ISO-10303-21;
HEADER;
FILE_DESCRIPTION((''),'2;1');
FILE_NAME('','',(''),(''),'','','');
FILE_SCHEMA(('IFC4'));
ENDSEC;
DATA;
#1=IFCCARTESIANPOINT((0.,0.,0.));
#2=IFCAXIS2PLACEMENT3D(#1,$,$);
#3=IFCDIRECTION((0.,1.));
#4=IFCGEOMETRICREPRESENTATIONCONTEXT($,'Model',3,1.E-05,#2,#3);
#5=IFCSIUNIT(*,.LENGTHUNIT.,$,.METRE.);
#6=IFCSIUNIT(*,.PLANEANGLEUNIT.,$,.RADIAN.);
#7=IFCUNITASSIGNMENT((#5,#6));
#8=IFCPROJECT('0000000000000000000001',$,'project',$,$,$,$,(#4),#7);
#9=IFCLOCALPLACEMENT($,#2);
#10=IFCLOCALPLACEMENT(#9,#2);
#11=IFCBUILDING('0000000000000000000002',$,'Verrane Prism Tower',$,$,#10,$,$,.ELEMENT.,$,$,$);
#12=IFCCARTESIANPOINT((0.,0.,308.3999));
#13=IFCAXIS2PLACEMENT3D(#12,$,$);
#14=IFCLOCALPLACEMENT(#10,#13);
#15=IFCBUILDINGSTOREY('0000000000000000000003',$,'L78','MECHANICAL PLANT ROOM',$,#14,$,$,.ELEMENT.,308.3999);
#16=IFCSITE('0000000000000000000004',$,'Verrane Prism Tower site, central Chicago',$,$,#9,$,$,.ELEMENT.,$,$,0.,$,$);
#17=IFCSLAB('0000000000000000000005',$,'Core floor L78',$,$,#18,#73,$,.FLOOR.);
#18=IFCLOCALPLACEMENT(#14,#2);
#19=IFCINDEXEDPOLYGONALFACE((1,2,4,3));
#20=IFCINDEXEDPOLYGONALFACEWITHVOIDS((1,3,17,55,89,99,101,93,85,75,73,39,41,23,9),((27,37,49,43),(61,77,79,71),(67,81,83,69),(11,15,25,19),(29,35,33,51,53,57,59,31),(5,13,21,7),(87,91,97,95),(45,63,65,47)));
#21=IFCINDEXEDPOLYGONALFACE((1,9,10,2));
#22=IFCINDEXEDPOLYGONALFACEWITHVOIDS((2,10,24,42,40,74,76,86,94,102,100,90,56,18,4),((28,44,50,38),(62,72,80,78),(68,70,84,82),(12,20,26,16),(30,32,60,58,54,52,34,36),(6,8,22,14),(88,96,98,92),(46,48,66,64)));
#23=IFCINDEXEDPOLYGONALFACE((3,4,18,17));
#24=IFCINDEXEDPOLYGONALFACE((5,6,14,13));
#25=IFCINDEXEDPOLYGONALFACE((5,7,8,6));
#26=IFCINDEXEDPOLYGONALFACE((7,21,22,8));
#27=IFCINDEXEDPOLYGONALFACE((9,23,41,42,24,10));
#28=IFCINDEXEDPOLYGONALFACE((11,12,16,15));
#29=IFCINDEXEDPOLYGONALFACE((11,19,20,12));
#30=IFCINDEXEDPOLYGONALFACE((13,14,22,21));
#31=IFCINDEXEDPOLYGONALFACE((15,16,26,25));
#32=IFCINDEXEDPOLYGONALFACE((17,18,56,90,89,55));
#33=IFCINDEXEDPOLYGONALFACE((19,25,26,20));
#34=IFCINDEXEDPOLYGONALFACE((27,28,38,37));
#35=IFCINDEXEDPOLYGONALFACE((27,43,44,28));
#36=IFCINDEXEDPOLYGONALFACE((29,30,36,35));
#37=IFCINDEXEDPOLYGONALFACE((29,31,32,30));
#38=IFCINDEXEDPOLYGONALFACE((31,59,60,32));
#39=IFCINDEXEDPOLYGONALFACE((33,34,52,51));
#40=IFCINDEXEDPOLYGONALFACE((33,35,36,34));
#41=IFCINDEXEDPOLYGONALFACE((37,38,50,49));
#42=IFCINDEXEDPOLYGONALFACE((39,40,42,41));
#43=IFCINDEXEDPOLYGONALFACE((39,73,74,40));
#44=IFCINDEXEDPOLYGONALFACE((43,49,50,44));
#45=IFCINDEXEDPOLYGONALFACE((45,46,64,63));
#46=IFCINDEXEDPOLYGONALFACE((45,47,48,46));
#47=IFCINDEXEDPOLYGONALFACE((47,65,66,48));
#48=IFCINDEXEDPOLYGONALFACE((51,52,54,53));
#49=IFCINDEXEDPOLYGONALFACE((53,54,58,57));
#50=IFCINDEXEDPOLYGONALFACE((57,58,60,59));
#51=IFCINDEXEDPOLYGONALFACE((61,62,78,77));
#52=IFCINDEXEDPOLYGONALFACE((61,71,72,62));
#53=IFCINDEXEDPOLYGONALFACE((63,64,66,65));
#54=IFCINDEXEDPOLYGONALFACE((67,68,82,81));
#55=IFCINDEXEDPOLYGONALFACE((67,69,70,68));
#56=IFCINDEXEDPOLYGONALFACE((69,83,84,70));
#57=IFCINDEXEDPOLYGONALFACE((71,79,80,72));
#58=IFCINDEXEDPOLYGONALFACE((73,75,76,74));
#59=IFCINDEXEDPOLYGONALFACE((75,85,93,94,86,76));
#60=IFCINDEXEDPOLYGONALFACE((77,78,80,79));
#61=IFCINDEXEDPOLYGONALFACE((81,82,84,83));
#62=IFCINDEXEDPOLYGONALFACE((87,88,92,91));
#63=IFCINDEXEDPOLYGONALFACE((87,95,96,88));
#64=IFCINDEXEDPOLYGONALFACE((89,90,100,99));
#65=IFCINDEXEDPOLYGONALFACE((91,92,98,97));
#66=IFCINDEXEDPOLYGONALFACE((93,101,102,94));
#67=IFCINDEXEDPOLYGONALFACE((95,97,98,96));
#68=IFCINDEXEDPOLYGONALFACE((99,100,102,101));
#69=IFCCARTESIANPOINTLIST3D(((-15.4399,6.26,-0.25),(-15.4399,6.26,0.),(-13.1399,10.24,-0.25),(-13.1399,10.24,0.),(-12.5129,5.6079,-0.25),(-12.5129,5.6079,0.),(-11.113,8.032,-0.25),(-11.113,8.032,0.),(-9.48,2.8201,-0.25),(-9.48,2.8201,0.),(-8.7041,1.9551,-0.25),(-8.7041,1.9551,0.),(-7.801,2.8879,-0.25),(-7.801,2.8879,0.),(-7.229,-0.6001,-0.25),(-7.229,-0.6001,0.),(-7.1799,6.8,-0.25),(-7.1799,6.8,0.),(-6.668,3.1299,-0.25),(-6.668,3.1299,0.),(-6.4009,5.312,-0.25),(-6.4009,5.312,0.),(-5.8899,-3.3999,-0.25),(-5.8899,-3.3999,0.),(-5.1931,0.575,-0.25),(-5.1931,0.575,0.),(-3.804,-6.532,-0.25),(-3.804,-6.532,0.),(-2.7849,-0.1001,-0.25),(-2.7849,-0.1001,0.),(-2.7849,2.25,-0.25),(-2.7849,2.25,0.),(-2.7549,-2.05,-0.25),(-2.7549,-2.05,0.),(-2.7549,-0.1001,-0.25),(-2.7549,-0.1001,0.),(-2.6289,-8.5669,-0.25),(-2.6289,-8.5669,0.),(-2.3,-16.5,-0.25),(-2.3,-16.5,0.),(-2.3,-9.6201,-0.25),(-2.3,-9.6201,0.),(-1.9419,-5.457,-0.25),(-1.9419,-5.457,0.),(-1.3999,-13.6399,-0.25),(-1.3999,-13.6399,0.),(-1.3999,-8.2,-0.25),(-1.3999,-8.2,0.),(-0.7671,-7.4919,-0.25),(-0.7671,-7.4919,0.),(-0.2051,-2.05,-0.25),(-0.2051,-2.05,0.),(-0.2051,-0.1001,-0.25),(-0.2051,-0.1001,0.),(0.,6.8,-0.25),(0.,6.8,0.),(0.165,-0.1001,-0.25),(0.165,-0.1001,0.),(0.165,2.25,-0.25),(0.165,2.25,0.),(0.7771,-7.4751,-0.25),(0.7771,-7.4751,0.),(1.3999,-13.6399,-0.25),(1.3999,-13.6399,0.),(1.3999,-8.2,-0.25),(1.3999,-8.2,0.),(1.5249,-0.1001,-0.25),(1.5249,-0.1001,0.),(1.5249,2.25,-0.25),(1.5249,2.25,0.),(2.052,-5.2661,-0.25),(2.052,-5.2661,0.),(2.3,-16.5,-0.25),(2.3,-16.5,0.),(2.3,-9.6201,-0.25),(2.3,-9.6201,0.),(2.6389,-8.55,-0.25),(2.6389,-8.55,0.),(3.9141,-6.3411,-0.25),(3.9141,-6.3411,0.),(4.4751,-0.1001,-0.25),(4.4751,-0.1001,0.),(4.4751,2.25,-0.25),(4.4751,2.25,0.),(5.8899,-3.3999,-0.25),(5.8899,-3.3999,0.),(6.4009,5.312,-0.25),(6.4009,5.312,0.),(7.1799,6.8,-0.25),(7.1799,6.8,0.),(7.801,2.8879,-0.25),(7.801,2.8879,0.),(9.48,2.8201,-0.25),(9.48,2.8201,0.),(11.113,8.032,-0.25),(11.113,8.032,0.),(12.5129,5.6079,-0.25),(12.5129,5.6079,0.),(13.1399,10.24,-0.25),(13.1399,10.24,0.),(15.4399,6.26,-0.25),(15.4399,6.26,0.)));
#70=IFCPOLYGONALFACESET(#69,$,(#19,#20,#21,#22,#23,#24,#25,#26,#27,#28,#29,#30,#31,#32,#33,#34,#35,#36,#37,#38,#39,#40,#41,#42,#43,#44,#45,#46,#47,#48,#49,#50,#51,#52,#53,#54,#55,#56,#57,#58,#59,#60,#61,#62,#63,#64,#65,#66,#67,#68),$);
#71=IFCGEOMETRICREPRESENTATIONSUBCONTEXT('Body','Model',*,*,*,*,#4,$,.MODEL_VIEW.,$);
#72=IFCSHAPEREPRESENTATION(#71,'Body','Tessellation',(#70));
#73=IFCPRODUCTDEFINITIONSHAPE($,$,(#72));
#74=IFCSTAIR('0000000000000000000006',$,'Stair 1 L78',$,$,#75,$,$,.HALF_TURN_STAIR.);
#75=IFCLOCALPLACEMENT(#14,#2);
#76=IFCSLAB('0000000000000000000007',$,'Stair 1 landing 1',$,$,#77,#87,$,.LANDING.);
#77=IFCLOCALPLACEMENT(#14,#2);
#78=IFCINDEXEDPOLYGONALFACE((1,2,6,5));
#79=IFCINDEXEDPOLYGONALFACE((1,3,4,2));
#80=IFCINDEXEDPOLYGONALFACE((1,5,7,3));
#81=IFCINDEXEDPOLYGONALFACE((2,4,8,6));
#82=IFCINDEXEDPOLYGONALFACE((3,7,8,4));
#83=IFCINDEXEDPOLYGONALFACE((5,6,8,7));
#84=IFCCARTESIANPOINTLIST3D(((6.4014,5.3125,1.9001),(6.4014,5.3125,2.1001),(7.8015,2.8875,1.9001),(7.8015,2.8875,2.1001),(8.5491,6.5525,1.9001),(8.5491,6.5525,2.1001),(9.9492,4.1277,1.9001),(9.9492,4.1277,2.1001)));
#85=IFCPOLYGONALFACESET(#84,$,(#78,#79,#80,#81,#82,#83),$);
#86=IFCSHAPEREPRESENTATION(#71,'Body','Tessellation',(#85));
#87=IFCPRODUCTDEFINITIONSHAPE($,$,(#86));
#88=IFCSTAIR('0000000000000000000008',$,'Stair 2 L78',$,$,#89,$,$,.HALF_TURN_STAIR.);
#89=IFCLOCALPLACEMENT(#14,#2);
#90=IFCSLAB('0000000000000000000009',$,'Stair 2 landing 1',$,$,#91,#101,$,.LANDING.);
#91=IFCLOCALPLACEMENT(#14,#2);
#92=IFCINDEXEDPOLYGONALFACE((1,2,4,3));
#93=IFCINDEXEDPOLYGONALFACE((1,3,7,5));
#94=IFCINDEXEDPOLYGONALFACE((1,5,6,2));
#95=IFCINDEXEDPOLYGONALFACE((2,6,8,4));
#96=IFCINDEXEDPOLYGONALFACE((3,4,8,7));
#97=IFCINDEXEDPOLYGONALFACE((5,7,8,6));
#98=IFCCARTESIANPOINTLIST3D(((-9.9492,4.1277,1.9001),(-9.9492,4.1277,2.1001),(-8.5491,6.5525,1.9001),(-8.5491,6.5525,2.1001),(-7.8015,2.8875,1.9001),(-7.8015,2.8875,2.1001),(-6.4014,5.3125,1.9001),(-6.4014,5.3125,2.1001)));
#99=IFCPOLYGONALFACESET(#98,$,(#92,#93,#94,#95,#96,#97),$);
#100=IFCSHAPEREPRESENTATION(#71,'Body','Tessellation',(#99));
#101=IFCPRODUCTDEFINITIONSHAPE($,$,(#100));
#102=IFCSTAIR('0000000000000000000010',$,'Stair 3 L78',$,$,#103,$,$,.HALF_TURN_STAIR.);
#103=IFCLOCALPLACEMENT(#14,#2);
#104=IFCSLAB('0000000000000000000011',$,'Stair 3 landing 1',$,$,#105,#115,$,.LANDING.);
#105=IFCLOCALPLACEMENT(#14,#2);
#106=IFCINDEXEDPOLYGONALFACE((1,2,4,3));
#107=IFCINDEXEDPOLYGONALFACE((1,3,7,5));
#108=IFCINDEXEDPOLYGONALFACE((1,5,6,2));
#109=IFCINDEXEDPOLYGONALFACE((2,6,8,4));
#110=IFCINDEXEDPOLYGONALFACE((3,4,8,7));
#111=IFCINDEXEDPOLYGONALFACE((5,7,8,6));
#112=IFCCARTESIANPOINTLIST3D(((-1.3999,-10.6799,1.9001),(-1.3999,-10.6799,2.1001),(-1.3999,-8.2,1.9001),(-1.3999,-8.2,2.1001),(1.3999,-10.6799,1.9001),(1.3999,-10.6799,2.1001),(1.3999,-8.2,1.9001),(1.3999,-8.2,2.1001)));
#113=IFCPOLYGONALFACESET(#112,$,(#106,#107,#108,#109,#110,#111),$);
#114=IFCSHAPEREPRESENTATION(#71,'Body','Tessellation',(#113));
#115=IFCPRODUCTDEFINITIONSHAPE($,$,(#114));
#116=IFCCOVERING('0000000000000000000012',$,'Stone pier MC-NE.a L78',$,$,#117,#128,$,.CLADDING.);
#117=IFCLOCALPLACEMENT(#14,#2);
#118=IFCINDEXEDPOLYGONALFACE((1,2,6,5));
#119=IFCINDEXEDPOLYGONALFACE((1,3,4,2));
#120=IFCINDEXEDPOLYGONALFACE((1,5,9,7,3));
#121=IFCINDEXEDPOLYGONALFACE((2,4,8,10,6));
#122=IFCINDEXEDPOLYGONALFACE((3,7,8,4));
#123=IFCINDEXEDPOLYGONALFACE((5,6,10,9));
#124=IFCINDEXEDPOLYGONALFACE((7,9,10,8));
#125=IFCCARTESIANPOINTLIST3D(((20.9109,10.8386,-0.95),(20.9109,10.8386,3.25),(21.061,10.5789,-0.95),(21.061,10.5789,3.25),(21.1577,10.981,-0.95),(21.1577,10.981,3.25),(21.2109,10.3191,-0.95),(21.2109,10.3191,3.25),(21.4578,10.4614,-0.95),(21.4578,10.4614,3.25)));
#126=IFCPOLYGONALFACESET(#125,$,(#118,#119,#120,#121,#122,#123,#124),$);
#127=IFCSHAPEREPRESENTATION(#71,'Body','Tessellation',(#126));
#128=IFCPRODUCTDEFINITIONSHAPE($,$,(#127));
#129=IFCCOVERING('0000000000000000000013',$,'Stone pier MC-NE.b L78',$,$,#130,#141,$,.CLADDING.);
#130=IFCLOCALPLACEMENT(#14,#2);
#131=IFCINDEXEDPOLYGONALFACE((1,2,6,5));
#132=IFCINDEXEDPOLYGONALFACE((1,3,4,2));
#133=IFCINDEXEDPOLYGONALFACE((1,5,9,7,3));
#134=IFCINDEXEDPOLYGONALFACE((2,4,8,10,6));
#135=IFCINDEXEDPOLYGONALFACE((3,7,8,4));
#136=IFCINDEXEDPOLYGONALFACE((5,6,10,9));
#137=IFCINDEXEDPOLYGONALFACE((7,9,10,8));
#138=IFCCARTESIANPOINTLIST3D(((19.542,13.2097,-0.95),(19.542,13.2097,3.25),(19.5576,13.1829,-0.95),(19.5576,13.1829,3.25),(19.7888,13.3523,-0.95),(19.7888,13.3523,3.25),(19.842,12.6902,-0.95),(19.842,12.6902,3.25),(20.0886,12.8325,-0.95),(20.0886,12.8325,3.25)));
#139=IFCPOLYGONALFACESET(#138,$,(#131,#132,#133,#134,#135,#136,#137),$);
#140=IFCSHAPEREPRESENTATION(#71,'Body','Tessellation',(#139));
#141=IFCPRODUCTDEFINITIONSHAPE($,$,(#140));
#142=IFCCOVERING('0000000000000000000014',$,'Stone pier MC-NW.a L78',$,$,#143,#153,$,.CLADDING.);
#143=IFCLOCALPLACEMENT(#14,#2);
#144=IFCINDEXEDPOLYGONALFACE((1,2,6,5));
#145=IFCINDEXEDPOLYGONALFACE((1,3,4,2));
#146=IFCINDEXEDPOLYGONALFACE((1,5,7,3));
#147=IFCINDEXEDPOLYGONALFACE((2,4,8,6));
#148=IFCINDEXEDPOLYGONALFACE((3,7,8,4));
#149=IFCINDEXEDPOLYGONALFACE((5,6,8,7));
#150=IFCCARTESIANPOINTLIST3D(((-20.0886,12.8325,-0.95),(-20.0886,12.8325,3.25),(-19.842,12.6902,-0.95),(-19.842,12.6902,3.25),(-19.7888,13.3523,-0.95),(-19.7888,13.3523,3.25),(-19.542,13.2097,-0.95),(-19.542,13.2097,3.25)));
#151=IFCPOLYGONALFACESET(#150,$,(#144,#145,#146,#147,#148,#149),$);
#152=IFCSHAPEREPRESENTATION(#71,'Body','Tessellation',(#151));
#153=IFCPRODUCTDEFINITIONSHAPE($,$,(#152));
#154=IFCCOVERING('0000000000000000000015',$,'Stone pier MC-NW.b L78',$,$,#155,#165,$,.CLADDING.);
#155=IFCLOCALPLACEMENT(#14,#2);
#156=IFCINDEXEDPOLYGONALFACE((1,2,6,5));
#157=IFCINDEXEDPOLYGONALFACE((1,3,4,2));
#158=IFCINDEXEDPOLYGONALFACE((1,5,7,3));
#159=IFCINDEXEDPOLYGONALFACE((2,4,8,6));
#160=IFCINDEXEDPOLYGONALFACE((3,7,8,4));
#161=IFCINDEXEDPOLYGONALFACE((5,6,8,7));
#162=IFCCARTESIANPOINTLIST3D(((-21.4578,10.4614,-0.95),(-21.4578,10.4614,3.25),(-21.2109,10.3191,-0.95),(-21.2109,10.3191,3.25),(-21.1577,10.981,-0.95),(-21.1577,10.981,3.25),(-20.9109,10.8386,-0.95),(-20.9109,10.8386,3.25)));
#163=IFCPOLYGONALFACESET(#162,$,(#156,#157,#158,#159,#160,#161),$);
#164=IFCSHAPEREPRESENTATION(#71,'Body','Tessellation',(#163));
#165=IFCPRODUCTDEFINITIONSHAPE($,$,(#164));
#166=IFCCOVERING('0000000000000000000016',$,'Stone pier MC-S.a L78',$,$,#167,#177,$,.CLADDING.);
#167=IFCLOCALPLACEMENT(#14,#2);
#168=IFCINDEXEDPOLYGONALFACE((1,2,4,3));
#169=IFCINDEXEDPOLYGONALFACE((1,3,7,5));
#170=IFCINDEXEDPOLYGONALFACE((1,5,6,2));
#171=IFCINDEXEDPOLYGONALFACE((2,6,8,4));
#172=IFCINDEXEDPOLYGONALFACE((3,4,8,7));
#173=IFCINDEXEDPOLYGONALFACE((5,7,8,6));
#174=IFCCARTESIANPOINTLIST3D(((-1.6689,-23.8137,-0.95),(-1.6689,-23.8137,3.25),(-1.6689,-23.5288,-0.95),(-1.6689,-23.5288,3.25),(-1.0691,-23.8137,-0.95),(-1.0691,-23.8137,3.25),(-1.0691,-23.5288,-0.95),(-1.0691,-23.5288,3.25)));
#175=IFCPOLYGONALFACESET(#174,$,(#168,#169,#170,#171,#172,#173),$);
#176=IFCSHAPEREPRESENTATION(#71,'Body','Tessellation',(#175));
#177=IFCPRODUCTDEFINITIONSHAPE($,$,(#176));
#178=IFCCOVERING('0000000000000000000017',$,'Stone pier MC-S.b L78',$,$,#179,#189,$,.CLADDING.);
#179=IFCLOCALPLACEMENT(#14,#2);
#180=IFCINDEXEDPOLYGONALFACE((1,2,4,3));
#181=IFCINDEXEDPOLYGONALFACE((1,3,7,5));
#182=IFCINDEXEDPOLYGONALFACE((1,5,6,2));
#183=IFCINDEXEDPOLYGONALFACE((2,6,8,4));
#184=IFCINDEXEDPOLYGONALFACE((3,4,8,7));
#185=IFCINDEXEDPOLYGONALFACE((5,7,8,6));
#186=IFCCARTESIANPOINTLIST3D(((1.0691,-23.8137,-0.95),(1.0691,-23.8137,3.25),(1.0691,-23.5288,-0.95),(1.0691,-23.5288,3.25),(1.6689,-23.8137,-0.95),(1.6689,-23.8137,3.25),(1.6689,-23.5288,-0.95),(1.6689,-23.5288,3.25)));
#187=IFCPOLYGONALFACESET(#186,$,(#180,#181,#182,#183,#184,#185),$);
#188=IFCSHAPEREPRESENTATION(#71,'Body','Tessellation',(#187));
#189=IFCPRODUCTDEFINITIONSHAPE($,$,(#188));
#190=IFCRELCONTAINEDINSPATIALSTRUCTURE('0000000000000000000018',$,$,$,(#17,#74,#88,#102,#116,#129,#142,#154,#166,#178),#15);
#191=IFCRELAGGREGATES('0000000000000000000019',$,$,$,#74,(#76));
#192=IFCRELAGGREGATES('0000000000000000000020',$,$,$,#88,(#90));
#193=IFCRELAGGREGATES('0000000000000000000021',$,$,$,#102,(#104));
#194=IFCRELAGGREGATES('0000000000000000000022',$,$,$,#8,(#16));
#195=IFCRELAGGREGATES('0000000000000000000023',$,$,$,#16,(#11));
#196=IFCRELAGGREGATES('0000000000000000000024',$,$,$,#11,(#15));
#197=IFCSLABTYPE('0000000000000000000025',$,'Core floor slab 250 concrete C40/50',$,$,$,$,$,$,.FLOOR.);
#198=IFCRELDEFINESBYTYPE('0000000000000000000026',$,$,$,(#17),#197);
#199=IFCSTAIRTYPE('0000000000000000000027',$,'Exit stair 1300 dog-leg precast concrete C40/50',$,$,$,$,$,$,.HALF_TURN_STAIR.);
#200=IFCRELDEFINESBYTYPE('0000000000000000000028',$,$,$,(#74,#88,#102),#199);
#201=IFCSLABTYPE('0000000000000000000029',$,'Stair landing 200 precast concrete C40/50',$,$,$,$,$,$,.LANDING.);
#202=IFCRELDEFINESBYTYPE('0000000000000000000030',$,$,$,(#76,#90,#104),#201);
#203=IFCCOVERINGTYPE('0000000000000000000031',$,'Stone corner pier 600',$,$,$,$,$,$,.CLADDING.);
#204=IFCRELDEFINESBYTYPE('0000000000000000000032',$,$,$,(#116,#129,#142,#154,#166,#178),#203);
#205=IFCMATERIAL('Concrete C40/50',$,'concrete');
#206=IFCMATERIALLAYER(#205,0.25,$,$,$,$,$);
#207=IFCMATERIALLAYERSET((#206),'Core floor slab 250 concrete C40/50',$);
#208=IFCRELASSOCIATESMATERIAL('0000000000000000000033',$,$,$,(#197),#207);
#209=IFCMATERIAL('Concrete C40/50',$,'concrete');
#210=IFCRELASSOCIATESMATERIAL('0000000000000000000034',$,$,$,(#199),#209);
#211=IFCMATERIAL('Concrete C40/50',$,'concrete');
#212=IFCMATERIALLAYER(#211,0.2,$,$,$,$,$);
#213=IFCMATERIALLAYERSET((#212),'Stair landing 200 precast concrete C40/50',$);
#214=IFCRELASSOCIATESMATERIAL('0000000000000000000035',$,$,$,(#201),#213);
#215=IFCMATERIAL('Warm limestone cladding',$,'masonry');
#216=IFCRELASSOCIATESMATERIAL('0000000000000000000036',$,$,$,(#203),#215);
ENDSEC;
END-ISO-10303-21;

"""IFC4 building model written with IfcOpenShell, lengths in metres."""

from ifc_helpers import new_model, si_unit, direction, frame, origin, place, context, subcontext, project, spatial, polyline, outline, extrude, material, layer, layer_set, type_object, element, aggregate, save


model = new_model("IFC4")

# Units and contexts
model_context = context("Model", 3, precision=1e-05, world=origin(), true_north=direction((0.0, 1.0)))
body_context = subcontext(model_context, "Body", "Model", "MODEL_VIEW")
ifc_project = project(units=[si_unit("LENGTHUNIT", "METRE"), si_unit("PLANEANGLEUNIT", "RADIAN")], contexts=[model_context])

# Site, building, storey
site_placement = place(None, origin())
site = spatial("IfcSite", under=ifc_project, at=site_placement, Name="Verrane Prism Tower site, central Chicago", CompositionType="ELEMENT", RefElevation=0.0)
building_placement = place(site_placement, origin())
building = spatial("IfcBuilding", under=site, at=building_placement, Name="Verrane Prism Tower", CompositionType="ELEMENT")
storey_placement = place(building_placement, frame((0.0, 0.0, 308.3999)))
storey = spatial("IfcBuildingStorey", under=building, at=storey_placement, Name="L78", Description="MECHANICAL PLANT ROOM", CompositionType="ELEMENT", Elevation=308.3999)

# Slab
ifc_material_1 = material(Name="Concrete C40/50", Category="concrete")
ifc_layer_1 = layer(ifc_material_1, 0.25)
ifc_layer_set_1 = layer_set([ifc_layer_1], Name="Core floor slab 250 concrete C40/50")
slab_type_1 = type_object("IfcSlabType", Name="Core floor slab 250 concrete C40/50", PredefinedType="FLOOR", material=ifc_layer_set_1)
slab_1_placement = place(storey_placement, frame((0.0, 0.0, -0.25)))
element("IfcSlab", 1, at=slab_1_placement, inside=storey, type_object=slab_type_1, Name="Core floor L78", PredefinedType="FLOOR", context=body_context, shape_type="SweptSolid", body=[
    extrude(outline(polyline([(9.48, 2.8201), (15.4399, 6.26), (13.1399, 10.24), (7.1799, 6.8), (0.0, 6.8), (-7.1799, 6.8), (-13.1399, 10.24), (-15.4399, 6.26), (-9.48, 2.8201), (-5.8899, -3.3999), (-2.3, -9.6201), (-2.3, -16.5), (2.3, -16.5), (2.3, -9.6201), (5.8899, -3.3999), (9.48, 2.8201)]), holes=[polyline([(-1.3999, -8.2), (1.3999, -8.2), (1.3999, -13.6399), (-1.3999, -13.6399), (-1.3999, -8.2)]), polyline([(-0.7671, -7.4919), (-2.6289, -8.5669), (-3.804, -6.532), (-1.9419, -5.457), (-0.7671, -7.4919)]), polyline([(3.9141, -6.3411), (2.6389, -8.55), (0.7771, -7.4751), (2.052, -5.2661), (3.9141, -6.3411)]), polyline([(-2.7849, -0.1001), (-2.7849, 2.25), (0.165, 2.25), (0.165, -0.1001), (-0.2051, -0.1001), (-0.2051, -2.05), (-2.7549, -2.05), (-2.7549, -0.1001), (-2.7849, -0.1001)]), polyline([(4.4751, 2.25), (4.4751, -0.1001), (1.5249, -0.1001), (1.5249, 2.25), (4.4751, 2.25)]), polyline([(-8.7041, 1.9551), (-6.668, 3.1299), (-5.1931, 0.575), (-7.229, -0.6001), (-8.7041, 1.9551)]), polyline([(-6.4009, 5.312), (-7.801, 2.8879), (-12.5129, 5.6079), (-11.113, 8.032), (-6.4009, 5.312)]), polyline([(7.801, 2.8879), (6.4009, 5.312), (11.113, 8.032), (12.5129, 5.6079), (7.801, 2.8879)])]), origin(), (0.0, 0.0, 1.0), 0.25),
])

# Stairs, slabs
ifc_material_2 = material(Name="Concrete C40/50", Category="concrete")
stair_type = type_object("IfcStairType", Name="Exit stair 1300 dog-leg precast concrete C40/50", PredefinedType="HALF_TURN_STAIR", material=ifc_material_2)
stair_1_placement = place(storey_placement, origin())
stair_1 = element("IfcStair", 2, at=stair_1_placement, inside=storey, type_object=stair_type, Name="Stair 1 L78", PredefinedType="HALF_TURN_STAIR")
ifc_material_3 = material(Name="Concrete C40/50", Category="concrete")
ifc_layer_2 = layer(ifc_material_3, 0.2)
ifc_layer_set_2 = layer_set([ifc_layer_2], Name="Stair landing 200 precast concrete C40/50")
slab_type_2 = type_object("IfcSlabType", Name="Stair landing 200 precast concrete C40/50", PredefinedType="LANDING", material=ifc_layer_set_2)
slab_2_placement = place(storey_placement, frame((0.0, 0.0, 1.9001)))
slab_2 = element("IfcSlab", 3, at=slab_2_placement, type_object=slab_type_2, Name="Stair 1 landing 1", PredefinedType="LANDING", context=body_context, shape_type="SweptSolid", body=[
    extrude(outline(polyline([(8.5491, 6.5525), (6.4014, 5.3125), (7.8015, 2.8875), (9.9492, 4.1277), (8.5491, 6.5525)])), origin(), (0.0, 0.0, 1.0), 0.2),
])
aggregate(stair_1, [slab_2])
stair_2_placement = place(storey_placement, origin())
stair_2 = element("IfcStair", 4, at=stair_2_placement, inside=storey, type_object=stair_type, Name="Stair 2 L78", PredefinedType="HALF_TURN_STAIR")
slab_3_placement = place(storey_placement, frame((0.0, 0.0, 1.9001)))
slab_3 = element("IfcSlab", 5, at=slab_3_placement, type_object=slab_type_2, Name="Stair 2 landing 1", PredefinedType="LANDING", context=body_context, shape_type="SweptSolid", body=[
    extrude(outline(polyline([(-9.9492, 4.1277), (-7.8015, 2.8875), (-6.4014, 5.3125), (-8.5491, 6.5525), (-9.9492, 4.1277)])), origin(), (0.0, 0.0, 1.0), 0.2),
])
aggregate(stair_2, [slab_3])
stair_3_placement = place(storey_placement, origin())
stair_3 = element("IfcStair", 6, at=stair_3_placement, inside=storey, type_object=stair_type, Name="Stair 3 L78", PredefinedType="HALF_TURN_STAIR")
slab_4_placement = place(storey_placement, frame((0.0, 0.0, 1.9001)))
slab_4 = element("IfcSlab", 7, at=slab_4_placement, type_object=slab_type_2, Name="Stair 3 landing 1", PredefinedType="LANDING", context=body_context, shape_type="SweptSolid", body=[
    extrude(outline(polyline([(1.3999, -10.6799), (1.3999, -8.2), (-1.3999, -8.2), (-1.3999, -10.6799), (1.3999, -10.6799)])), origin(), (0.0, 0.0, 1.0), 0.2),
])
aggregate(stair_3, [slab_4])

# Coverings
ifc_material_4 = material(Name="Warm limestone cladding", Category="masonry")
covering_type_1 = type_object("IfcCoveringType", Name="Stone corner pier 600", PredefinedType="CLADDING", material=ifc_material_4)
covering_1_placement = place(storey_placement, frame((0.0, 0.0, -0.95)))
element("IfcCovering", 8, at=covering_1_placement, inside=storey, type_object=covering_type_1, Name="Stone pier MC-NE.a L78", PredefinedType="CLADDING", context=body_context, shape_type="SweptSolid", body=[
    extrude(outline(polyline([(20.9109, 10.8386), (21.061, 10.5789), (21.2109, 10.3191), (21.4578, 10.4614), (21.1577, 10.981), (20.9109, 10.8386)])), origin(), (0.0, 0.0, 1.0), 4.2),
])
covering_2_placement = place(storey_placement, frame((0.0, 0.0, -0.95)))
element("IfcCovering", 9, at=covering_2_placement, inside=storey, type_object=covering_type_1, Name="Stone pier MC-NE.b L78", PredefinedType="CLADDING", context=body_context, shape_type="SweptSolid", body=[
    extrude(outline(polyline([(19.542, 13.2097), (19.5576, 13.1829), (19.842, 12.6902), (20.0886, 12.8325), (19.7888, 13.3523), (19.542, 13.2097)])), origin(), (0.0, 0.0, 1.0), 4.2),
])
covering_3_placement = place(storey_placement, frame((0.0, 0.0, -0.95)))
element("IfcCovering", 10, at=covering_3_placement, inside=storey, type_object=covering_type_1, Name="Stone pier MC-NW.a L78", PredefinedType="CLADDING", context=body_context, shape_type="SweptSolid", body=[
    extrude(outline(polyline([(-19.842, 12.6902), (-19.542, 13.2097), (-19.7888, 13.3523), (-20.0886, 12.8325), (-19.842, 12.6902)])), origin(), (0.0, 0.0, 1.0), 4.2),
])
covering_4_placement = place(storey_placement, frame((0.0, 0.0, -0.95)))
element("IfcCovering", 11, at=covering_4_placement, inside=storey, type_object=covering_type_1, Name="Stone pier MC-NW.b L78", PredefinedType="CLADDING", context=body_context, shape_type="SweptSolid", body=[
    extrude(outline(polyline([(-21.2109, 10.3191), (-20.9109, 10.8386), (-21.1577, 10.981), (-21.4578, 10.4614), (-21.2109, 10.3191)])), origin(), (0.0, 0.0, 1.0), 4.2),
])
covering_5_placement = place(storey_placement, frame((0.0, 0.0, -0.95)))
element("IfcCovering", 12, at=covering_5_placement, inside=storey, type_object=covering_type_1, Name="Stone pier MC-S.a L78", PredefinedType="CLADDING", context=body_context, shape_type="SweptSolid", body=[
    extrude(outline(polyline([(-1.0691, -23.5288), (-1.6689, -23.5288), (-1.6689, -23.8137), (-1.0691, -23.8137), (-1.0691, -23.5288)])), origin(), (0.0, 0.0, 1.0), 4.2),
])
covering_6_placement = place(storey_placement, frame((0.0, 0.0, -0.95)))
element("IfcCovering", 13, at=covering_6_placement, inside=storey, type_object=covering_type_1, Name="Stone pier MC-S.b L78", PredefinedType="CLADDING", context=body_context, shape_type="SweptSolid", body=[
    extrude(outline(polyline([(1.6689, -23.5288), (1.0691, -23.5288), (1.0691, -23.8137), (1.6689, -23.8137), (1.6689, -23.5288)])), origin(), (0.0, 0.0, 1.0), 4.2),
])

save(model, "model.ifc")
